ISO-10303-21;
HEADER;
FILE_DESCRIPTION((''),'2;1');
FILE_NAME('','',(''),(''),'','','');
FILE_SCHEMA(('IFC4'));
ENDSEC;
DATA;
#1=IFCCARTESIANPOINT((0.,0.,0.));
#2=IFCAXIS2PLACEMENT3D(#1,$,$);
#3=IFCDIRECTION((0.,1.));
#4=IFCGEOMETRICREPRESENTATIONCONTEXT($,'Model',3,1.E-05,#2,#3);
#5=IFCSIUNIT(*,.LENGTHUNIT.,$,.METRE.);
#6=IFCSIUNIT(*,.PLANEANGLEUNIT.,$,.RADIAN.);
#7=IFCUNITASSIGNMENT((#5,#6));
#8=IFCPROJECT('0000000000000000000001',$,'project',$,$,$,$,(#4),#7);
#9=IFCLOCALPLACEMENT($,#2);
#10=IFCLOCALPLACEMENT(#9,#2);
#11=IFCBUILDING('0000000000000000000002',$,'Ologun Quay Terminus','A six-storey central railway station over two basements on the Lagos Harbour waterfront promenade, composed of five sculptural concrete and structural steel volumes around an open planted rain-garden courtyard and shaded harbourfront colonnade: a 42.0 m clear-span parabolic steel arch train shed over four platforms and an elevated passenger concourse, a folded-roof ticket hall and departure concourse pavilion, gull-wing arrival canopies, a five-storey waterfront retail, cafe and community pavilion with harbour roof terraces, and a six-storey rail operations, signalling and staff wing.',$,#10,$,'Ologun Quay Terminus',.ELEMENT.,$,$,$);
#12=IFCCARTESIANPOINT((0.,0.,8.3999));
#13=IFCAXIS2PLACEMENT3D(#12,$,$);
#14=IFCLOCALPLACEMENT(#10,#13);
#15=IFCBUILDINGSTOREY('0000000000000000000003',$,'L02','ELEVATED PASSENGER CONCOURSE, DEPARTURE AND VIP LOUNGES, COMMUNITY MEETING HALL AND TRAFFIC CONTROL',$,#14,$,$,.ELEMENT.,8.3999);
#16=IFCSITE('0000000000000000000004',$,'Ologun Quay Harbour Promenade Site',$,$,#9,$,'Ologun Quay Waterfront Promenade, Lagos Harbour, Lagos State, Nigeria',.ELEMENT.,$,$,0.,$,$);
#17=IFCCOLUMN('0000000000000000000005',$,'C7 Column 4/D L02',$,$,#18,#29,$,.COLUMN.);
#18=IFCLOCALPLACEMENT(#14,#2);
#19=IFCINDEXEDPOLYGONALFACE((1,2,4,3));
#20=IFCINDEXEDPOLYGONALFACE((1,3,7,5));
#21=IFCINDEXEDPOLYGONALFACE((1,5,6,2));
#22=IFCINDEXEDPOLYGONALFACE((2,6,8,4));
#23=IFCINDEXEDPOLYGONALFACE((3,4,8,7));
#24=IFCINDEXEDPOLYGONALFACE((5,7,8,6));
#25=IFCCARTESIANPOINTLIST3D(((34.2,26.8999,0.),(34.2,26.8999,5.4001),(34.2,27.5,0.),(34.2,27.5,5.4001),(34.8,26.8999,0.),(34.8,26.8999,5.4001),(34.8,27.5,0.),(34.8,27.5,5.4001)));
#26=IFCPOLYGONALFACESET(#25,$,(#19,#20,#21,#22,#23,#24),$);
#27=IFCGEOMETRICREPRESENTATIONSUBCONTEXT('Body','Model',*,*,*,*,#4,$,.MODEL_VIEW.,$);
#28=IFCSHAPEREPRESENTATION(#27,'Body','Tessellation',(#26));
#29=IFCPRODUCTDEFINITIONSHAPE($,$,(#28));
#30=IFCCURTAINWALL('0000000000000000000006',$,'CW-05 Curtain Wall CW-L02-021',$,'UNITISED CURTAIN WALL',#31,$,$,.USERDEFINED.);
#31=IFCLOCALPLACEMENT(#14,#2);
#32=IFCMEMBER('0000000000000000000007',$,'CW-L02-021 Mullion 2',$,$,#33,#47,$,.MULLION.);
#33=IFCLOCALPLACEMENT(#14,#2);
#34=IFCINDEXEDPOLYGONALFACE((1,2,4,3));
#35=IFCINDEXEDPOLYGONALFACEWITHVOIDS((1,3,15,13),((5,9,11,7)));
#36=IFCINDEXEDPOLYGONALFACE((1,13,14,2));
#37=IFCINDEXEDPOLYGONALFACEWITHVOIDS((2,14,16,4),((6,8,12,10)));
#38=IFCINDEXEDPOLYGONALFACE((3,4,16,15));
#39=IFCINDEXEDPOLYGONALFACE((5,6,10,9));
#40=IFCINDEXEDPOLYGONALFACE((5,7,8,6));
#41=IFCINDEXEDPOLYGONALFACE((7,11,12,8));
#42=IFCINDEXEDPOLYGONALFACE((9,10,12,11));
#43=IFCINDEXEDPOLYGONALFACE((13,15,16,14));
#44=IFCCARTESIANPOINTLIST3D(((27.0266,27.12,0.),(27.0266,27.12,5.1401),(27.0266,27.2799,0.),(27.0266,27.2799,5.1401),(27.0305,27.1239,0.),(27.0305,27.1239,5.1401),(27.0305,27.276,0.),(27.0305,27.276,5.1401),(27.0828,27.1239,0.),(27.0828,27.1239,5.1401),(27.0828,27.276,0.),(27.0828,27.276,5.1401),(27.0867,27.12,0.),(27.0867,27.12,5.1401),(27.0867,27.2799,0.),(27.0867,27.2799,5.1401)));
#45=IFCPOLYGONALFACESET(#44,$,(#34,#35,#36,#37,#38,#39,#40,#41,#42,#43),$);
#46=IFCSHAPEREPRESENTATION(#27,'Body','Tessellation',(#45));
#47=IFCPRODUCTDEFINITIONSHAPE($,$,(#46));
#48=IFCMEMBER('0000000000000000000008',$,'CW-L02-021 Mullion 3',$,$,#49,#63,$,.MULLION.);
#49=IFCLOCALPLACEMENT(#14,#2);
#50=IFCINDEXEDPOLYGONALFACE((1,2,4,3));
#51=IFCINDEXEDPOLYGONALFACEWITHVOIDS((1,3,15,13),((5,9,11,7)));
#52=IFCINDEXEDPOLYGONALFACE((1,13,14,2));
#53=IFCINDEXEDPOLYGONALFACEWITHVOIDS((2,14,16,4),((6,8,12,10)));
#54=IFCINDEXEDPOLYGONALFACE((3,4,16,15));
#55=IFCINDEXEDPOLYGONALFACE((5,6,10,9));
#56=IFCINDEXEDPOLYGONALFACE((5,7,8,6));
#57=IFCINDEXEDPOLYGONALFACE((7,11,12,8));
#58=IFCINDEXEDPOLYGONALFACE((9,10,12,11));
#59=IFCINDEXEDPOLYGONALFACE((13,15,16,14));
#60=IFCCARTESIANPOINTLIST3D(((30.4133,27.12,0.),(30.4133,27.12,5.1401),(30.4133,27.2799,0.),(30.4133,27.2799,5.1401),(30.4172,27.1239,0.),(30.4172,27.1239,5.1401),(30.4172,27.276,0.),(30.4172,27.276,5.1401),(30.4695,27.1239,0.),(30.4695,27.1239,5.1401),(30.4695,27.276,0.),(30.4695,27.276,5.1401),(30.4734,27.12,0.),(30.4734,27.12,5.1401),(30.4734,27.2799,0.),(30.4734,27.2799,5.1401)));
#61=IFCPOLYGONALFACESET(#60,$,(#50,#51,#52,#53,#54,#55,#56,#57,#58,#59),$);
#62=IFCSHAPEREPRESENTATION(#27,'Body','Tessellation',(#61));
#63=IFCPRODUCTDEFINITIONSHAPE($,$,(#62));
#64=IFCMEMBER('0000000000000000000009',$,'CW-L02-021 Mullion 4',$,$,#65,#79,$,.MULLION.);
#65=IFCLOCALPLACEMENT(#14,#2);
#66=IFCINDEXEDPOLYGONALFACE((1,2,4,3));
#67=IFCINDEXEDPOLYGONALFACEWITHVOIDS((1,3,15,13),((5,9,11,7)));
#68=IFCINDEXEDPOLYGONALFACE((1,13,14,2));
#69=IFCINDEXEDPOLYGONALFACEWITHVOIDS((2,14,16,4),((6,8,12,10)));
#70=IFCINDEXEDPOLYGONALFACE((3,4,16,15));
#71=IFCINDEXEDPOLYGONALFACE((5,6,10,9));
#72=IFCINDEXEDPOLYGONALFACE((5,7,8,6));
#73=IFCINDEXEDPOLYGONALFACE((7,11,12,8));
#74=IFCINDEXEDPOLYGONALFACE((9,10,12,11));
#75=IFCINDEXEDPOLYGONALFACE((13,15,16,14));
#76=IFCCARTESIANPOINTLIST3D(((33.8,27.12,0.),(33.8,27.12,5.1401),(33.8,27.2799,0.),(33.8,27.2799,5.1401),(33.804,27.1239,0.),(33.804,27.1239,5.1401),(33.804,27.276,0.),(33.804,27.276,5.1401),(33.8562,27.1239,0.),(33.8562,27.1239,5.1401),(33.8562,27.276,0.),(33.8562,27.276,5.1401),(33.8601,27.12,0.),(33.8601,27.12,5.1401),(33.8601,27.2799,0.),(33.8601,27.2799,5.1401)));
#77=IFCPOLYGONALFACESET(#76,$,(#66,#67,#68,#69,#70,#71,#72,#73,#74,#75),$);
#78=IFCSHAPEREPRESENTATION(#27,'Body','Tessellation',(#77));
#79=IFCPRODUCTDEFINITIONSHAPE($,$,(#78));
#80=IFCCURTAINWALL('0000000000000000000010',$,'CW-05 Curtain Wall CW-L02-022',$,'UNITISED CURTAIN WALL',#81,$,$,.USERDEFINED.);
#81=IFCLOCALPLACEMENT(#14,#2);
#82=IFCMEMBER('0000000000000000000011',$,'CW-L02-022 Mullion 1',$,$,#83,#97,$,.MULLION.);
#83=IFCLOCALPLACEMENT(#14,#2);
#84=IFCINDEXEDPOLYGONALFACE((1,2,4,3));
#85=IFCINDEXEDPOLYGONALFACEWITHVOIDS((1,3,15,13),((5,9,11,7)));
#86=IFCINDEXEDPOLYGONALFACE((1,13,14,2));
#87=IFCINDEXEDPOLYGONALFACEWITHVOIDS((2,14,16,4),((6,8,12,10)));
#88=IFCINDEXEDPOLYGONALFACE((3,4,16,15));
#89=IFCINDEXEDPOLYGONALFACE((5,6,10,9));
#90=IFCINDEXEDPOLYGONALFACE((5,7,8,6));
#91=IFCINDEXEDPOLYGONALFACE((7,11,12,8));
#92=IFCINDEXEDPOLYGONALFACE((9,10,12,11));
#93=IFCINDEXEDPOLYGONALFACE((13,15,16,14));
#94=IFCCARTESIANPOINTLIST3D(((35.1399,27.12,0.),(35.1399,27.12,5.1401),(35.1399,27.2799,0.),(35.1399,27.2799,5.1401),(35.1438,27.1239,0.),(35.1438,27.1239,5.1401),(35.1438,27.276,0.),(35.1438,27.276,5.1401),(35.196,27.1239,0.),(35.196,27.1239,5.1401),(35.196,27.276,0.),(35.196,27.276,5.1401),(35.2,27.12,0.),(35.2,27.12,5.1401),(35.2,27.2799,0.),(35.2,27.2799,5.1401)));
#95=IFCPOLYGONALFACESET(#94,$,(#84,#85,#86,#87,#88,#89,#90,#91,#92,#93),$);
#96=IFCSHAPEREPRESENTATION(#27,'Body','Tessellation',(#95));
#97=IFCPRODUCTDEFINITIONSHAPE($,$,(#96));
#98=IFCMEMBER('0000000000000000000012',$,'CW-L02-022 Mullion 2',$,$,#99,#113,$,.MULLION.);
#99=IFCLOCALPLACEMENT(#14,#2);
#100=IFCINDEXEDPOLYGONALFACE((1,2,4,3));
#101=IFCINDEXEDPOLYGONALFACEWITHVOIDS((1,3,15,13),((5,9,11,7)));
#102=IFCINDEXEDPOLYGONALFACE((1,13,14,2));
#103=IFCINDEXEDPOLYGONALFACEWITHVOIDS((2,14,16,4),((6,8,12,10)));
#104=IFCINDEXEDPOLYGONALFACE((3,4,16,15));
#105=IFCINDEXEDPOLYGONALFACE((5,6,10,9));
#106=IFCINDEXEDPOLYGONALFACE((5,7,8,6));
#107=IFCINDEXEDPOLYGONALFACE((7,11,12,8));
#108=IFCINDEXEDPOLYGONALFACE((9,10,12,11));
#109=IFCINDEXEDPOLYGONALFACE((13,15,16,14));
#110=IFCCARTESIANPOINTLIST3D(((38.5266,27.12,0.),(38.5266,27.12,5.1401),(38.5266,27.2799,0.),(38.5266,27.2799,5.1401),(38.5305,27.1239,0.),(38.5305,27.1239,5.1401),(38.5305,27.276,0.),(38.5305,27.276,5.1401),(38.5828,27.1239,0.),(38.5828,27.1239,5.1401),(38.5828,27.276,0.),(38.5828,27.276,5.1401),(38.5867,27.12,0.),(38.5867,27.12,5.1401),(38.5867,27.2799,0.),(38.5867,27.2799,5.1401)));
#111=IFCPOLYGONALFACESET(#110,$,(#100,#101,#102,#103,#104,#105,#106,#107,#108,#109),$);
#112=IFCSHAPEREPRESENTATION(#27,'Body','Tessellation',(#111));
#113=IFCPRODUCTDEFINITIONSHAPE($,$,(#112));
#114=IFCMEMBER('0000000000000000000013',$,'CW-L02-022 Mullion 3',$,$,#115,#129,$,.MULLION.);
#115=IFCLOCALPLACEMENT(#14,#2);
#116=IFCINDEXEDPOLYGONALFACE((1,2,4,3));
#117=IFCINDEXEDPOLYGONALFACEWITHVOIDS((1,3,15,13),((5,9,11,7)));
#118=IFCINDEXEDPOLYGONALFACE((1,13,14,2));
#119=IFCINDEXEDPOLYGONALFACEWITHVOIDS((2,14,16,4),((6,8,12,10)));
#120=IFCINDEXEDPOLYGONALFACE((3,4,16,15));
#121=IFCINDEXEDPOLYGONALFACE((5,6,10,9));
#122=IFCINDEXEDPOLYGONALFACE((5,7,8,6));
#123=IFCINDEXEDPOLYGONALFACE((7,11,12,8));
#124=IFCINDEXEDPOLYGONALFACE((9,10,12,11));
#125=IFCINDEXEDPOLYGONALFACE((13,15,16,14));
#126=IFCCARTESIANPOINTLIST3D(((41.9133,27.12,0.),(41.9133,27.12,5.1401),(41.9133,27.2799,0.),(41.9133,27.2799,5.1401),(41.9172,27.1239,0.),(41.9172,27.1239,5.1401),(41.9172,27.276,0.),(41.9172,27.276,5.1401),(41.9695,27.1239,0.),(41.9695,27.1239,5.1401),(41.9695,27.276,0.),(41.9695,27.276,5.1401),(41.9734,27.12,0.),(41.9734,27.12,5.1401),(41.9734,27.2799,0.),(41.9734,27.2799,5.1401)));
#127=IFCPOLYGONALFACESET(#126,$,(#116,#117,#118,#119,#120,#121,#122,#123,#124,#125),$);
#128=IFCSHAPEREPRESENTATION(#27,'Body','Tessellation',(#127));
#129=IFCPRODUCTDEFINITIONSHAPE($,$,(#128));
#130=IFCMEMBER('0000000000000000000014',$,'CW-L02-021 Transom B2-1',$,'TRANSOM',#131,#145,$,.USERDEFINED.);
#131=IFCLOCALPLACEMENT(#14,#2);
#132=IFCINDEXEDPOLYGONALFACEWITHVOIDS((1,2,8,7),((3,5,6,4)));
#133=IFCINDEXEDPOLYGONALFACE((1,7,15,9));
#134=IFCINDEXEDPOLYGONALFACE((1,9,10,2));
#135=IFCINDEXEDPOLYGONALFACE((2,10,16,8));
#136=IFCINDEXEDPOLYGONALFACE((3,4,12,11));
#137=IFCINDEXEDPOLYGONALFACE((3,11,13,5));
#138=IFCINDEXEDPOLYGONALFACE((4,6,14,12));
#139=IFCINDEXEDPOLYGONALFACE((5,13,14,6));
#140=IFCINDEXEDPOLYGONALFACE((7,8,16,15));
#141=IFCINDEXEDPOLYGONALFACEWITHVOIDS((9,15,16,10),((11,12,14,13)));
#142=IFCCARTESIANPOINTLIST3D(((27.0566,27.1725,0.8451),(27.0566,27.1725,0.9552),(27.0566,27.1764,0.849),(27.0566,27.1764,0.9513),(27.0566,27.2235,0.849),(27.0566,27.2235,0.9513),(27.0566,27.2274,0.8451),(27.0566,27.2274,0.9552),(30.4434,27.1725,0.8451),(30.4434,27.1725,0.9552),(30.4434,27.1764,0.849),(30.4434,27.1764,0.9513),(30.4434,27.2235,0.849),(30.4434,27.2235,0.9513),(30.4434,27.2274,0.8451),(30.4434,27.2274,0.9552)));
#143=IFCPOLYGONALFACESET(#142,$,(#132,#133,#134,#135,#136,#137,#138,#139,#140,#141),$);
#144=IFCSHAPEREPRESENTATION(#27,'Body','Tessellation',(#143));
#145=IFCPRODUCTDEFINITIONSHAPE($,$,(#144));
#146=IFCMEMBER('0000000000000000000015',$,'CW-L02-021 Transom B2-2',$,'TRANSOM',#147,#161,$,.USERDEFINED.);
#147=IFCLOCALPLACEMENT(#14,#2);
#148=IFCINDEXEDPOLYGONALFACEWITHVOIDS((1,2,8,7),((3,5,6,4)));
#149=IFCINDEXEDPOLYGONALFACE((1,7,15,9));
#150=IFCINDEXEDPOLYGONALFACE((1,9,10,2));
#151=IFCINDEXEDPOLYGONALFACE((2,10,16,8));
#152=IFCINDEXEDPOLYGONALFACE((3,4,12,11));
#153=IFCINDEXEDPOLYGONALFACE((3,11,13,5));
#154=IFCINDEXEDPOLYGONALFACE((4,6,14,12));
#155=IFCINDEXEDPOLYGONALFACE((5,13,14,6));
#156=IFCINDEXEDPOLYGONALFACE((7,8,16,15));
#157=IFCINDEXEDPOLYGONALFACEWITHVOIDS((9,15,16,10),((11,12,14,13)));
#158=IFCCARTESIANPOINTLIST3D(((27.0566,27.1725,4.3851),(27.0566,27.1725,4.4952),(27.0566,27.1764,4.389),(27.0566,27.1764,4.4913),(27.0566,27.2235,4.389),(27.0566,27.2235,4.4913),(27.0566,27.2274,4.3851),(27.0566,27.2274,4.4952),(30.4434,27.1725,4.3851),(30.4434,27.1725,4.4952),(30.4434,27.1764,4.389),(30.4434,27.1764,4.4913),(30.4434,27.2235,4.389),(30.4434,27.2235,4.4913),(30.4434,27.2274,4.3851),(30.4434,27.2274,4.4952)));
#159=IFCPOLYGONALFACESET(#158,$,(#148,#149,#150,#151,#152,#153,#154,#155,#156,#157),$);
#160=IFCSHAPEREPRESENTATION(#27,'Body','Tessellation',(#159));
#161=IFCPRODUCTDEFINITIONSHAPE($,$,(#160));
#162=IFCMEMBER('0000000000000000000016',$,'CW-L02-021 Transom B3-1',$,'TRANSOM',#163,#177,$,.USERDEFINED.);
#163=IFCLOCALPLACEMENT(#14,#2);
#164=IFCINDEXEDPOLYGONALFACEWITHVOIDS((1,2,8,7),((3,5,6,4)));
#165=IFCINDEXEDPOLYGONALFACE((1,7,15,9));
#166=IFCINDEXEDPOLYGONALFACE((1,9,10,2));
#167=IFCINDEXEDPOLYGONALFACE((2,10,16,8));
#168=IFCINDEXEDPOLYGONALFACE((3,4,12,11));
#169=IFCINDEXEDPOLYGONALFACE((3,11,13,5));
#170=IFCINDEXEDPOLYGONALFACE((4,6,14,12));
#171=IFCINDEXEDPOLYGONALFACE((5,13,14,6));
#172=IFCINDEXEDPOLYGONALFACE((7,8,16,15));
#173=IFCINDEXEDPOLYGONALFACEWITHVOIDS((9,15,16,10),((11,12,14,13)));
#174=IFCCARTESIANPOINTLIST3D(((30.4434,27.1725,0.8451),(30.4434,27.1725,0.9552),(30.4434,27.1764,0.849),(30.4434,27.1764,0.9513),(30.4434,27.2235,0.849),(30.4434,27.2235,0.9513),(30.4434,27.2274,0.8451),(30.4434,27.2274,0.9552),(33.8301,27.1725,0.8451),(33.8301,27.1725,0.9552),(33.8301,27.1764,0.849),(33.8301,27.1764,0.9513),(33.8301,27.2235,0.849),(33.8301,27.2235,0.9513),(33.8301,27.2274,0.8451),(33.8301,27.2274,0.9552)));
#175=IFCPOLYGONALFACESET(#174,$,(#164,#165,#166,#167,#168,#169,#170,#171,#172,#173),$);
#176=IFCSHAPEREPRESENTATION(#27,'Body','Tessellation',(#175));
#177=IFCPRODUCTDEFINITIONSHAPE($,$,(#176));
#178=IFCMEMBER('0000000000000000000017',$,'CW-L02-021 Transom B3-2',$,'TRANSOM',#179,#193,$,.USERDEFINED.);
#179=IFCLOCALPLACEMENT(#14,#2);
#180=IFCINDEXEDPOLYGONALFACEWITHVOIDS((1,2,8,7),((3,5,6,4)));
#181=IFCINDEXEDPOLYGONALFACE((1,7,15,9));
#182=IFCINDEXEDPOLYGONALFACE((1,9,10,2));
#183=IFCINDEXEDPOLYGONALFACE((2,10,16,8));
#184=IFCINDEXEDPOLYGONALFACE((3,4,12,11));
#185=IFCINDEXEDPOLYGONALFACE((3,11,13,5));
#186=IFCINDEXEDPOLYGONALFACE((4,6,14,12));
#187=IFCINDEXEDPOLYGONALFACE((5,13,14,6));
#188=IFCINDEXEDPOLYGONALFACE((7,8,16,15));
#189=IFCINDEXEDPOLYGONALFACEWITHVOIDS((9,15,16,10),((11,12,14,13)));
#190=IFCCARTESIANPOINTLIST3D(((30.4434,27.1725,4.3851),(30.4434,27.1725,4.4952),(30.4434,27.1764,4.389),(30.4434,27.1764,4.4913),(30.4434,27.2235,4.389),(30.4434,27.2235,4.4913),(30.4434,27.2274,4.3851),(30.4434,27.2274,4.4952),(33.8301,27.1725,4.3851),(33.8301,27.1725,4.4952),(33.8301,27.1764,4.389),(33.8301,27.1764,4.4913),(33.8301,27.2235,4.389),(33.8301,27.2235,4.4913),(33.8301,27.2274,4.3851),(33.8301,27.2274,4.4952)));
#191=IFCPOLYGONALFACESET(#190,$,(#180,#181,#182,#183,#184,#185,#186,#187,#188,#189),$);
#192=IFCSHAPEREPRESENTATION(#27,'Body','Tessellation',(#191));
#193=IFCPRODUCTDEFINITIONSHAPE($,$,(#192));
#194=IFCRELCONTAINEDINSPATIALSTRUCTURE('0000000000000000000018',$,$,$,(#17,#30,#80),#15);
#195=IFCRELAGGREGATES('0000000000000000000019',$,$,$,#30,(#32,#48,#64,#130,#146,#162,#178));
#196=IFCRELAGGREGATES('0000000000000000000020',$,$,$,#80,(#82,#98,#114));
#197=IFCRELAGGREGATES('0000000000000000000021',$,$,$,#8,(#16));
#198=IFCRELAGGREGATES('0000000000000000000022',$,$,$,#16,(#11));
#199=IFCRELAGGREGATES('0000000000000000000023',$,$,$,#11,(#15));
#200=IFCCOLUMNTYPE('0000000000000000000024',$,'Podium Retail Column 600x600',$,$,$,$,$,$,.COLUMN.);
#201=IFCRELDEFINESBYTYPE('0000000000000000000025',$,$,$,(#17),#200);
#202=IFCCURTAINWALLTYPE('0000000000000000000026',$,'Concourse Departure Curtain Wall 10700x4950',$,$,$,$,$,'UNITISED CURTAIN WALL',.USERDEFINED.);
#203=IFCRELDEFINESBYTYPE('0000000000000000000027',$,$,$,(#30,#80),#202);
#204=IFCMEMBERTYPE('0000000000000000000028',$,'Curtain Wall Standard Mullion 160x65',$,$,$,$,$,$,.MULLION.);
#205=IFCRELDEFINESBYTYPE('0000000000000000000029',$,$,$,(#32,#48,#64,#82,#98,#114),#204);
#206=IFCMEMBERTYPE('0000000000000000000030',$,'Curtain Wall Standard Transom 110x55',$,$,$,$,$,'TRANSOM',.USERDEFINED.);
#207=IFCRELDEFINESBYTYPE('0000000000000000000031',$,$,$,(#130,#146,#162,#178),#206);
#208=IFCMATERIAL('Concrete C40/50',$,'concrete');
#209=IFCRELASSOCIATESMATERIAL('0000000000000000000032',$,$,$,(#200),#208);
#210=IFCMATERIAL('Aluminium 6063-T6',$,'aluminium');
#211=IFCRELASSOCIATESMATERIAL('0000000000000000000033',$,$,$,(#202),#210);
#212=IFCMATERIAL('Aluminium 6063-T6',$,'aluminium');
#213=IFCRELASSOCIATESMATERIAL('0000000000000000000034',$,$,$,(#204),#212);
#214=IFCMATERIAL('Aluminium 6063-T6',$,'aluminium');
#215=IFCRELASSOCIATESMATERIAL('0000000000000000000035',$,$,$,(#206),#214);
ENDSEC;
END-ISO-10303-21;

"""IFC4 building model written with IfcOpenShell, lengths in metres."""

from ifc_helpers import new_model, si_unit, direction, frame, origin, origin_2d, place, context, subcontext, project, spatial, rectangle, hollow_rectangle, extrude, material, material_profile, profile_set, type_object, element, aggregate, save


model = new_model("IFC4")

# Units and contexts
model_context = context("Model", 3, precision=1e-05, world=origin(), true_north=direction((0.0, 1.0)))
body_context = subcontext(model_context, "Body", "Model", "MODEL_VIEW")
ifc_project = project(units=[si_unit("LENGTHUNIT", "METRE"), si_unit("PLANEANGLEUNIT", "RADIAN")], contexts=[model_context])

# Site, building, storey
site_placement = place(None, origin())
site = spatial("IfcSite", under=ifc_project, at=site_placement, Name="Ologun Quay Harbour Promenade Site", LongName="Ologun Quay Waterfront Promenade, Lagos Harbour, Lagos State, Nigeria", CompositionType="ELEMENT", RefElevation=0.0)
building_placement = place(site_placement, origin())
building = spatial("IfcBuilding", under=site, at=building_placement, Name="Ologun Quay Terminus", Description="A six-storey central railway station over two basements on the Lagos Harbour waterfront promenade, composed of five sculptural concrete and structural steel volumes around an open planted rain-garden courtyard and shaded harbourfront colonnade: a 42.0 m clear-span parabolic steel arch train shed over four platforms and an elevated passenger concourse, a folded-roof ticket hall and departure concourse pavilion, gull-wing arrival canopies, a five-storey waterfront retail, cafe and community pavilion with harbour roof terraces, and a six-storey rail operations, signalling and staff wing.", LongName="Ologun Quay Terminus", CompositionType="ELEMENT")
storey_placement = place(building_placement, frame((0.0, 0.0, 8.3999)))
storey = spatial("IfcBuildingStorey", under=building, at=storey_placement, Name="L02", Description="ELEVATED PASSENGER CONCOURSE, DEPARTURE AND VIP LOUNGES, COMMUNITY MEETING HALL AND TRAFFIC CONTROL", CompositionType="ELEMENT", Elevation=8.3999)

# Column
ifc_material_1 = material(Name="Concrete C40/50", Category="concrete")
ifc_material_profile_1 = material_profile(ifc_material_1, rectangle(XDim=0.6001, YDim=0.6001, at=origin_2d()), Name="RC 600x600")
ifc_profile_set_1 = profile_set([ifc_material_profile_1], Name="Concrete C40/50")
column_type = type_object("IfcColumnType", Name="Podium Retail Column 600x600", PredefinedType="COLUMN", material=ifc_profile_set_1)
column_placement = place(storey_placement, frame((34.5, 27.2, 0.0), z_axis=(0.0, 0.0, 1.0), x_axis=(1.0, 0.0, 0.0)))
element("IfcColumn", 1, at=column_placement, inside=storey, type_object=column_type, Name="C7 Column 4/D L02", PredefinedType="COLUMN", context=body_context, shape_type="SweptSolid", body=[
    extrude(rectangle(XDim=0.6001, YDim=0.6001, at=origin_2d()), origin(), (0.0, 0.0, 1.0), 5.4001),
])

# Curtain walls, members
ifc_material_2 = material(Name="Aluminium 6063-T6", Category="aluminium")
curtain_wall_type = type_object("IfcCurtainWallType", Name="Concourse Departure Curtain Wall 10700x4950", ElementType="UNITISED CURTAIN WALL", PredefinedType="USERDEFINED", material=ifc_material_2)
curtain_wall_1_placement = place(storey_placement, origin())
curtain_wall_1 = element("IfcCurtainWall", 2, at=curtain_wall_1_placement, inside=storey, type_object=curtain_wall_type, Name="CW-05 Curtain Wall CW-L02-021", ObjectType="UNITISED CURTAIN WALL", PredefinedType="USERDEFINED")
ifc_material_3 = material(Name="Aluminium 6063-T6", Category="aluminium")
ifc_material_profile_2 = material_profile(ifc_material_3, hollow_rectangle(XDim=0.0601, YDim=0.1599, WallThickness=0.0039, at=origin_2d()), Name="ALU 160x60x4")
ifc_profile_set_2 = profile_set([ifc_material_profile_2], Name="Aluminium 6063-T6")
member_type_1 = type_object("IfcMemberType", Name="Curtain Wall Standard Mullion 160x65", PredefinedType="MULLION", material=ifc_profile_set_2)
member_1_placement = place(storey_placement, frame((27.0566, 27.2, 0.0), z_axis=(0.0, 0.0, 1.0), x_axis=(1.0, 0.0, 0.0)))
member_1 = element("IfcMember", 3, at=member_1_placement, type_object=member_type_1, Name="CW-L02-021 Mullion 2", PredefinedType="MULLION", context=body_context, shape_type="SweptSolid", body=[
    extrude(hollow_rectangle(XDim=0.0601, YDim=0.1599, WallThickness=0.0039, at=origin_2d()), origin(), (0.0, 0.0, 1.0), 5.1401),
])
member_2_placement = place(storey_placement, frame((30.4434, 27.2, 0.0), z_axis=(0.0, 0.0, 1.0), x_axis=(1.0, 0.0, 0.0)))
member_2 = element("IfcMember", 4, at=member_2_placement, type_object=member_type_1, Name="CW-L02-021 Mullion 3", PredefinedType="MULLION", context=body_context, shape_type="SweptSolid", body=[
    extrude(hollow_rectangle(XDim=0.0601, YDim=0.1599, WallThickness=0.0039, at=origin_2d()), origin(), (0.0, 0.0, 1.0), 5.1401),
])
member_3_placement = place(storey_placement, frame((33.8301, 27.2, 0.0), z_axis=(0.0, 0.0, 1.0), x_axis=(1.0, 0.0, 0.0)))
member_3 = element("IfcMember", 5, at=member_3_placement, type_object=member_type_1, Name="CW-L02-021 Mullion 4", PredefinedType="MULLION", context=body_context, shape_type="SweptSolid", body=[
    extrude(hollow_rectangle(XDim=0.0601, YDim=0.1599, WallThickness=0.0039, at=origin_2d()), origin(), (0.0, 0.0, 1.0), 5.1401),
])
curtain_wall_2_placement = place(storey_placement, origin())
curtain_wall_2 = element("IfcCurtainWall", 6, at=curtain_wall_2_placement, inside=storey, type_object=curtain_wall_type, Name="CW-05 Curtain Wall CW-L02-022", ObjectType="UNITISED CURTAIN WALL", PredefinedType="USERDEFINED")
member_4_placement = place(storey_placement, frame((35.1699, 27.2, 0.0), z_axis=(0.0, 0.0, 1.0), x_axis=(1.0, 0.0, 0.0)))
member_4 = element("IfcMember", 7, at=member_4_placement, type_object=member_type_1, Name="CW-L02-022 Mullion 1", PredefinedType="MULLION", context=body_context, shape_type="SweptSolid", body=[
    extrude(hollow_rectangle(XDim=0.0601, YDim=0.1599, WallThickness=0.0039, at=origin_2d()), origin(), (0.0, 0.0, 1.0), 5.1401),
])
member_5_placement = place(storey_placement, frame((38.5566, 27.2, 0.0), z_axis=(0.0, 0.0, 1.0), x_axis=(1.0, 0.0, 0.0)))
member_5 = element("IfcMember", 8, at=member_5_placement, type_object=member_type_1, Name="CW-L02-022 Mullion 2", PredefinedType="MULLION", context=body_context, shape_type="SweptSolid", body=[
    extrude(hollow_rectangle(XDim=0.0601, YDim=0.1599, WallThickness=0.0039, at=origin_2d()), origin(), (0.0, 0.0, 1.0), 5.1401),
])
member_6_placement = place(storey_placement, frame((41.9434, 27.2, 0.0), z_axis=(0.0, 0.0, 1.0), x_axis=(1.0, 0.0, 0.0)))
member_6 = element("IfcMember", 9, at=member_6_placement, type_object=member_type_1, Name="CW-L02-022 Mullion 3", PredefinedType="MULLION", context=body_context, shape_type="SweptSolid", body=[
    extrude(hollow_rectangle(XDim=0.0601, YDim=0.1599, WallThickness=0.0039, at=origin_2d()), origin(), (0.0, 0.0, 1.0), 5.1401),
])

# Members
ifc_material_4 = material(Name="Aluminium 6063-T6", Category="aluminium")
ifc_material_profile_3 = material_profile(ifc_material_4, hollow_rectangle(XDim=0.0549, YDim=0.1101, WallThickness=0.0039, at=origin_2d()), Name="ALU 110x55x4")
ifc_profile_set_3 = profile_set([ifc_material_profile_3], Name="Aluminium 6063-T6")
member_type_2 = type_object("IfcMemberType", Name="Curtain Wall Standard Transom 110x55", ElementType="TRANSOM", PredefinedType="USERDEFINED", material=ifc_profile_set_3)
member_7_placement = place(storey_placement, frame((27.0566, 27.2, 0.9001), z_axis=(1.0, 0.0, 0.0), x_axis=(0.0, 1.0, 0.0)))
member_7 = element("IfcMember", 10, at=member_7_placement, type_object=member_type_2, Name="CW-L02-021 Transom B2-1", ObjectType="TRANSOM", PredefinedType="USERDEFINED", context=body_context, shape_type="SweptSolid", body=[
    extrude(hollow_rectangle(XDim=0.0549, YDim=0.1101, WallThickness=0.0039, at=origin_2d()), origin(), (0.0, 0.0, 1.0), 3.3867),
])
member_8_placement = place(storey_placement, frame((27.0566, 27.2, 4.4402), z_axis=(1.0, 0.0, 0.0), x_axis=(0.0, 1.0, 0.0)))
member_8 = element("IfcMember", 11, at=member_8_placement, type_object=member_type_2, Name="CW-L02-021 Transom B2-2", ObjectType="TRANSOM", PredefinedType="USERDEFINED", context=body_context, shape_type="SweptSolid", body=[
    extrude(hollow_rectangle(XDim=0.0549, YDim=0.1101, WallThickness=0.0039, at=origin_2d()), origin(), (0.0, 0.0, 1.0), 3.3867),
])
member_9_placement = place(storey_placement, frame((30.4434, 27.2, 0.9001), z_axis=(1.0, 0.0, 0.0), x_axis=(0.0, 1.0, 0.0)))
member_9 = element("IfcMember", 12, at=member_9_placement, type_object=member_type_2, Name="CW-L02-021 Transom B3-1", ObjectType="TRANSOM", PredefinedType="USERDEFINED", context=body_context, shape_type="SweptSolid", body=[
    extrude(hollow_rectangle(XDim=0.0549, YDim=0.1101, WallThickness=0.0039, at=origin_2d()), origin(), (0.0, 0.0, 1.0), 3.3867),
])
member_10_placement = place(storey_placement, frame((30.4434, 27.2, 4.4402), z_axis=(1.0, 0.0, 0.0), x_axis=(0.0, 1.0, 0.0)))
member_10 = element("IfcMember", 13, at=member_10_placement, type_object=member_type_2, Name="CW-L02-021 Transom B3-2", ObjectType="TRANSOM", PredefinedType="USERDEFINED", context=body_context, shape_type="SweptSolid", body=[
    extrude(hollow_rectangle(XDim=0.0549, YDim=0.1101, WallThickness=0.0039, at=origin_2d()), origin(), (0.0, 0.0, 1.0), 3.3867),
])

aggregate(curtain_wall_1, [member_1, member_2, member_3, member_7, member_8, member_9, member_10])
aggregate(curtain_wall_2, [member_4, member_5, member_6])

save(model, "model.ifc")
